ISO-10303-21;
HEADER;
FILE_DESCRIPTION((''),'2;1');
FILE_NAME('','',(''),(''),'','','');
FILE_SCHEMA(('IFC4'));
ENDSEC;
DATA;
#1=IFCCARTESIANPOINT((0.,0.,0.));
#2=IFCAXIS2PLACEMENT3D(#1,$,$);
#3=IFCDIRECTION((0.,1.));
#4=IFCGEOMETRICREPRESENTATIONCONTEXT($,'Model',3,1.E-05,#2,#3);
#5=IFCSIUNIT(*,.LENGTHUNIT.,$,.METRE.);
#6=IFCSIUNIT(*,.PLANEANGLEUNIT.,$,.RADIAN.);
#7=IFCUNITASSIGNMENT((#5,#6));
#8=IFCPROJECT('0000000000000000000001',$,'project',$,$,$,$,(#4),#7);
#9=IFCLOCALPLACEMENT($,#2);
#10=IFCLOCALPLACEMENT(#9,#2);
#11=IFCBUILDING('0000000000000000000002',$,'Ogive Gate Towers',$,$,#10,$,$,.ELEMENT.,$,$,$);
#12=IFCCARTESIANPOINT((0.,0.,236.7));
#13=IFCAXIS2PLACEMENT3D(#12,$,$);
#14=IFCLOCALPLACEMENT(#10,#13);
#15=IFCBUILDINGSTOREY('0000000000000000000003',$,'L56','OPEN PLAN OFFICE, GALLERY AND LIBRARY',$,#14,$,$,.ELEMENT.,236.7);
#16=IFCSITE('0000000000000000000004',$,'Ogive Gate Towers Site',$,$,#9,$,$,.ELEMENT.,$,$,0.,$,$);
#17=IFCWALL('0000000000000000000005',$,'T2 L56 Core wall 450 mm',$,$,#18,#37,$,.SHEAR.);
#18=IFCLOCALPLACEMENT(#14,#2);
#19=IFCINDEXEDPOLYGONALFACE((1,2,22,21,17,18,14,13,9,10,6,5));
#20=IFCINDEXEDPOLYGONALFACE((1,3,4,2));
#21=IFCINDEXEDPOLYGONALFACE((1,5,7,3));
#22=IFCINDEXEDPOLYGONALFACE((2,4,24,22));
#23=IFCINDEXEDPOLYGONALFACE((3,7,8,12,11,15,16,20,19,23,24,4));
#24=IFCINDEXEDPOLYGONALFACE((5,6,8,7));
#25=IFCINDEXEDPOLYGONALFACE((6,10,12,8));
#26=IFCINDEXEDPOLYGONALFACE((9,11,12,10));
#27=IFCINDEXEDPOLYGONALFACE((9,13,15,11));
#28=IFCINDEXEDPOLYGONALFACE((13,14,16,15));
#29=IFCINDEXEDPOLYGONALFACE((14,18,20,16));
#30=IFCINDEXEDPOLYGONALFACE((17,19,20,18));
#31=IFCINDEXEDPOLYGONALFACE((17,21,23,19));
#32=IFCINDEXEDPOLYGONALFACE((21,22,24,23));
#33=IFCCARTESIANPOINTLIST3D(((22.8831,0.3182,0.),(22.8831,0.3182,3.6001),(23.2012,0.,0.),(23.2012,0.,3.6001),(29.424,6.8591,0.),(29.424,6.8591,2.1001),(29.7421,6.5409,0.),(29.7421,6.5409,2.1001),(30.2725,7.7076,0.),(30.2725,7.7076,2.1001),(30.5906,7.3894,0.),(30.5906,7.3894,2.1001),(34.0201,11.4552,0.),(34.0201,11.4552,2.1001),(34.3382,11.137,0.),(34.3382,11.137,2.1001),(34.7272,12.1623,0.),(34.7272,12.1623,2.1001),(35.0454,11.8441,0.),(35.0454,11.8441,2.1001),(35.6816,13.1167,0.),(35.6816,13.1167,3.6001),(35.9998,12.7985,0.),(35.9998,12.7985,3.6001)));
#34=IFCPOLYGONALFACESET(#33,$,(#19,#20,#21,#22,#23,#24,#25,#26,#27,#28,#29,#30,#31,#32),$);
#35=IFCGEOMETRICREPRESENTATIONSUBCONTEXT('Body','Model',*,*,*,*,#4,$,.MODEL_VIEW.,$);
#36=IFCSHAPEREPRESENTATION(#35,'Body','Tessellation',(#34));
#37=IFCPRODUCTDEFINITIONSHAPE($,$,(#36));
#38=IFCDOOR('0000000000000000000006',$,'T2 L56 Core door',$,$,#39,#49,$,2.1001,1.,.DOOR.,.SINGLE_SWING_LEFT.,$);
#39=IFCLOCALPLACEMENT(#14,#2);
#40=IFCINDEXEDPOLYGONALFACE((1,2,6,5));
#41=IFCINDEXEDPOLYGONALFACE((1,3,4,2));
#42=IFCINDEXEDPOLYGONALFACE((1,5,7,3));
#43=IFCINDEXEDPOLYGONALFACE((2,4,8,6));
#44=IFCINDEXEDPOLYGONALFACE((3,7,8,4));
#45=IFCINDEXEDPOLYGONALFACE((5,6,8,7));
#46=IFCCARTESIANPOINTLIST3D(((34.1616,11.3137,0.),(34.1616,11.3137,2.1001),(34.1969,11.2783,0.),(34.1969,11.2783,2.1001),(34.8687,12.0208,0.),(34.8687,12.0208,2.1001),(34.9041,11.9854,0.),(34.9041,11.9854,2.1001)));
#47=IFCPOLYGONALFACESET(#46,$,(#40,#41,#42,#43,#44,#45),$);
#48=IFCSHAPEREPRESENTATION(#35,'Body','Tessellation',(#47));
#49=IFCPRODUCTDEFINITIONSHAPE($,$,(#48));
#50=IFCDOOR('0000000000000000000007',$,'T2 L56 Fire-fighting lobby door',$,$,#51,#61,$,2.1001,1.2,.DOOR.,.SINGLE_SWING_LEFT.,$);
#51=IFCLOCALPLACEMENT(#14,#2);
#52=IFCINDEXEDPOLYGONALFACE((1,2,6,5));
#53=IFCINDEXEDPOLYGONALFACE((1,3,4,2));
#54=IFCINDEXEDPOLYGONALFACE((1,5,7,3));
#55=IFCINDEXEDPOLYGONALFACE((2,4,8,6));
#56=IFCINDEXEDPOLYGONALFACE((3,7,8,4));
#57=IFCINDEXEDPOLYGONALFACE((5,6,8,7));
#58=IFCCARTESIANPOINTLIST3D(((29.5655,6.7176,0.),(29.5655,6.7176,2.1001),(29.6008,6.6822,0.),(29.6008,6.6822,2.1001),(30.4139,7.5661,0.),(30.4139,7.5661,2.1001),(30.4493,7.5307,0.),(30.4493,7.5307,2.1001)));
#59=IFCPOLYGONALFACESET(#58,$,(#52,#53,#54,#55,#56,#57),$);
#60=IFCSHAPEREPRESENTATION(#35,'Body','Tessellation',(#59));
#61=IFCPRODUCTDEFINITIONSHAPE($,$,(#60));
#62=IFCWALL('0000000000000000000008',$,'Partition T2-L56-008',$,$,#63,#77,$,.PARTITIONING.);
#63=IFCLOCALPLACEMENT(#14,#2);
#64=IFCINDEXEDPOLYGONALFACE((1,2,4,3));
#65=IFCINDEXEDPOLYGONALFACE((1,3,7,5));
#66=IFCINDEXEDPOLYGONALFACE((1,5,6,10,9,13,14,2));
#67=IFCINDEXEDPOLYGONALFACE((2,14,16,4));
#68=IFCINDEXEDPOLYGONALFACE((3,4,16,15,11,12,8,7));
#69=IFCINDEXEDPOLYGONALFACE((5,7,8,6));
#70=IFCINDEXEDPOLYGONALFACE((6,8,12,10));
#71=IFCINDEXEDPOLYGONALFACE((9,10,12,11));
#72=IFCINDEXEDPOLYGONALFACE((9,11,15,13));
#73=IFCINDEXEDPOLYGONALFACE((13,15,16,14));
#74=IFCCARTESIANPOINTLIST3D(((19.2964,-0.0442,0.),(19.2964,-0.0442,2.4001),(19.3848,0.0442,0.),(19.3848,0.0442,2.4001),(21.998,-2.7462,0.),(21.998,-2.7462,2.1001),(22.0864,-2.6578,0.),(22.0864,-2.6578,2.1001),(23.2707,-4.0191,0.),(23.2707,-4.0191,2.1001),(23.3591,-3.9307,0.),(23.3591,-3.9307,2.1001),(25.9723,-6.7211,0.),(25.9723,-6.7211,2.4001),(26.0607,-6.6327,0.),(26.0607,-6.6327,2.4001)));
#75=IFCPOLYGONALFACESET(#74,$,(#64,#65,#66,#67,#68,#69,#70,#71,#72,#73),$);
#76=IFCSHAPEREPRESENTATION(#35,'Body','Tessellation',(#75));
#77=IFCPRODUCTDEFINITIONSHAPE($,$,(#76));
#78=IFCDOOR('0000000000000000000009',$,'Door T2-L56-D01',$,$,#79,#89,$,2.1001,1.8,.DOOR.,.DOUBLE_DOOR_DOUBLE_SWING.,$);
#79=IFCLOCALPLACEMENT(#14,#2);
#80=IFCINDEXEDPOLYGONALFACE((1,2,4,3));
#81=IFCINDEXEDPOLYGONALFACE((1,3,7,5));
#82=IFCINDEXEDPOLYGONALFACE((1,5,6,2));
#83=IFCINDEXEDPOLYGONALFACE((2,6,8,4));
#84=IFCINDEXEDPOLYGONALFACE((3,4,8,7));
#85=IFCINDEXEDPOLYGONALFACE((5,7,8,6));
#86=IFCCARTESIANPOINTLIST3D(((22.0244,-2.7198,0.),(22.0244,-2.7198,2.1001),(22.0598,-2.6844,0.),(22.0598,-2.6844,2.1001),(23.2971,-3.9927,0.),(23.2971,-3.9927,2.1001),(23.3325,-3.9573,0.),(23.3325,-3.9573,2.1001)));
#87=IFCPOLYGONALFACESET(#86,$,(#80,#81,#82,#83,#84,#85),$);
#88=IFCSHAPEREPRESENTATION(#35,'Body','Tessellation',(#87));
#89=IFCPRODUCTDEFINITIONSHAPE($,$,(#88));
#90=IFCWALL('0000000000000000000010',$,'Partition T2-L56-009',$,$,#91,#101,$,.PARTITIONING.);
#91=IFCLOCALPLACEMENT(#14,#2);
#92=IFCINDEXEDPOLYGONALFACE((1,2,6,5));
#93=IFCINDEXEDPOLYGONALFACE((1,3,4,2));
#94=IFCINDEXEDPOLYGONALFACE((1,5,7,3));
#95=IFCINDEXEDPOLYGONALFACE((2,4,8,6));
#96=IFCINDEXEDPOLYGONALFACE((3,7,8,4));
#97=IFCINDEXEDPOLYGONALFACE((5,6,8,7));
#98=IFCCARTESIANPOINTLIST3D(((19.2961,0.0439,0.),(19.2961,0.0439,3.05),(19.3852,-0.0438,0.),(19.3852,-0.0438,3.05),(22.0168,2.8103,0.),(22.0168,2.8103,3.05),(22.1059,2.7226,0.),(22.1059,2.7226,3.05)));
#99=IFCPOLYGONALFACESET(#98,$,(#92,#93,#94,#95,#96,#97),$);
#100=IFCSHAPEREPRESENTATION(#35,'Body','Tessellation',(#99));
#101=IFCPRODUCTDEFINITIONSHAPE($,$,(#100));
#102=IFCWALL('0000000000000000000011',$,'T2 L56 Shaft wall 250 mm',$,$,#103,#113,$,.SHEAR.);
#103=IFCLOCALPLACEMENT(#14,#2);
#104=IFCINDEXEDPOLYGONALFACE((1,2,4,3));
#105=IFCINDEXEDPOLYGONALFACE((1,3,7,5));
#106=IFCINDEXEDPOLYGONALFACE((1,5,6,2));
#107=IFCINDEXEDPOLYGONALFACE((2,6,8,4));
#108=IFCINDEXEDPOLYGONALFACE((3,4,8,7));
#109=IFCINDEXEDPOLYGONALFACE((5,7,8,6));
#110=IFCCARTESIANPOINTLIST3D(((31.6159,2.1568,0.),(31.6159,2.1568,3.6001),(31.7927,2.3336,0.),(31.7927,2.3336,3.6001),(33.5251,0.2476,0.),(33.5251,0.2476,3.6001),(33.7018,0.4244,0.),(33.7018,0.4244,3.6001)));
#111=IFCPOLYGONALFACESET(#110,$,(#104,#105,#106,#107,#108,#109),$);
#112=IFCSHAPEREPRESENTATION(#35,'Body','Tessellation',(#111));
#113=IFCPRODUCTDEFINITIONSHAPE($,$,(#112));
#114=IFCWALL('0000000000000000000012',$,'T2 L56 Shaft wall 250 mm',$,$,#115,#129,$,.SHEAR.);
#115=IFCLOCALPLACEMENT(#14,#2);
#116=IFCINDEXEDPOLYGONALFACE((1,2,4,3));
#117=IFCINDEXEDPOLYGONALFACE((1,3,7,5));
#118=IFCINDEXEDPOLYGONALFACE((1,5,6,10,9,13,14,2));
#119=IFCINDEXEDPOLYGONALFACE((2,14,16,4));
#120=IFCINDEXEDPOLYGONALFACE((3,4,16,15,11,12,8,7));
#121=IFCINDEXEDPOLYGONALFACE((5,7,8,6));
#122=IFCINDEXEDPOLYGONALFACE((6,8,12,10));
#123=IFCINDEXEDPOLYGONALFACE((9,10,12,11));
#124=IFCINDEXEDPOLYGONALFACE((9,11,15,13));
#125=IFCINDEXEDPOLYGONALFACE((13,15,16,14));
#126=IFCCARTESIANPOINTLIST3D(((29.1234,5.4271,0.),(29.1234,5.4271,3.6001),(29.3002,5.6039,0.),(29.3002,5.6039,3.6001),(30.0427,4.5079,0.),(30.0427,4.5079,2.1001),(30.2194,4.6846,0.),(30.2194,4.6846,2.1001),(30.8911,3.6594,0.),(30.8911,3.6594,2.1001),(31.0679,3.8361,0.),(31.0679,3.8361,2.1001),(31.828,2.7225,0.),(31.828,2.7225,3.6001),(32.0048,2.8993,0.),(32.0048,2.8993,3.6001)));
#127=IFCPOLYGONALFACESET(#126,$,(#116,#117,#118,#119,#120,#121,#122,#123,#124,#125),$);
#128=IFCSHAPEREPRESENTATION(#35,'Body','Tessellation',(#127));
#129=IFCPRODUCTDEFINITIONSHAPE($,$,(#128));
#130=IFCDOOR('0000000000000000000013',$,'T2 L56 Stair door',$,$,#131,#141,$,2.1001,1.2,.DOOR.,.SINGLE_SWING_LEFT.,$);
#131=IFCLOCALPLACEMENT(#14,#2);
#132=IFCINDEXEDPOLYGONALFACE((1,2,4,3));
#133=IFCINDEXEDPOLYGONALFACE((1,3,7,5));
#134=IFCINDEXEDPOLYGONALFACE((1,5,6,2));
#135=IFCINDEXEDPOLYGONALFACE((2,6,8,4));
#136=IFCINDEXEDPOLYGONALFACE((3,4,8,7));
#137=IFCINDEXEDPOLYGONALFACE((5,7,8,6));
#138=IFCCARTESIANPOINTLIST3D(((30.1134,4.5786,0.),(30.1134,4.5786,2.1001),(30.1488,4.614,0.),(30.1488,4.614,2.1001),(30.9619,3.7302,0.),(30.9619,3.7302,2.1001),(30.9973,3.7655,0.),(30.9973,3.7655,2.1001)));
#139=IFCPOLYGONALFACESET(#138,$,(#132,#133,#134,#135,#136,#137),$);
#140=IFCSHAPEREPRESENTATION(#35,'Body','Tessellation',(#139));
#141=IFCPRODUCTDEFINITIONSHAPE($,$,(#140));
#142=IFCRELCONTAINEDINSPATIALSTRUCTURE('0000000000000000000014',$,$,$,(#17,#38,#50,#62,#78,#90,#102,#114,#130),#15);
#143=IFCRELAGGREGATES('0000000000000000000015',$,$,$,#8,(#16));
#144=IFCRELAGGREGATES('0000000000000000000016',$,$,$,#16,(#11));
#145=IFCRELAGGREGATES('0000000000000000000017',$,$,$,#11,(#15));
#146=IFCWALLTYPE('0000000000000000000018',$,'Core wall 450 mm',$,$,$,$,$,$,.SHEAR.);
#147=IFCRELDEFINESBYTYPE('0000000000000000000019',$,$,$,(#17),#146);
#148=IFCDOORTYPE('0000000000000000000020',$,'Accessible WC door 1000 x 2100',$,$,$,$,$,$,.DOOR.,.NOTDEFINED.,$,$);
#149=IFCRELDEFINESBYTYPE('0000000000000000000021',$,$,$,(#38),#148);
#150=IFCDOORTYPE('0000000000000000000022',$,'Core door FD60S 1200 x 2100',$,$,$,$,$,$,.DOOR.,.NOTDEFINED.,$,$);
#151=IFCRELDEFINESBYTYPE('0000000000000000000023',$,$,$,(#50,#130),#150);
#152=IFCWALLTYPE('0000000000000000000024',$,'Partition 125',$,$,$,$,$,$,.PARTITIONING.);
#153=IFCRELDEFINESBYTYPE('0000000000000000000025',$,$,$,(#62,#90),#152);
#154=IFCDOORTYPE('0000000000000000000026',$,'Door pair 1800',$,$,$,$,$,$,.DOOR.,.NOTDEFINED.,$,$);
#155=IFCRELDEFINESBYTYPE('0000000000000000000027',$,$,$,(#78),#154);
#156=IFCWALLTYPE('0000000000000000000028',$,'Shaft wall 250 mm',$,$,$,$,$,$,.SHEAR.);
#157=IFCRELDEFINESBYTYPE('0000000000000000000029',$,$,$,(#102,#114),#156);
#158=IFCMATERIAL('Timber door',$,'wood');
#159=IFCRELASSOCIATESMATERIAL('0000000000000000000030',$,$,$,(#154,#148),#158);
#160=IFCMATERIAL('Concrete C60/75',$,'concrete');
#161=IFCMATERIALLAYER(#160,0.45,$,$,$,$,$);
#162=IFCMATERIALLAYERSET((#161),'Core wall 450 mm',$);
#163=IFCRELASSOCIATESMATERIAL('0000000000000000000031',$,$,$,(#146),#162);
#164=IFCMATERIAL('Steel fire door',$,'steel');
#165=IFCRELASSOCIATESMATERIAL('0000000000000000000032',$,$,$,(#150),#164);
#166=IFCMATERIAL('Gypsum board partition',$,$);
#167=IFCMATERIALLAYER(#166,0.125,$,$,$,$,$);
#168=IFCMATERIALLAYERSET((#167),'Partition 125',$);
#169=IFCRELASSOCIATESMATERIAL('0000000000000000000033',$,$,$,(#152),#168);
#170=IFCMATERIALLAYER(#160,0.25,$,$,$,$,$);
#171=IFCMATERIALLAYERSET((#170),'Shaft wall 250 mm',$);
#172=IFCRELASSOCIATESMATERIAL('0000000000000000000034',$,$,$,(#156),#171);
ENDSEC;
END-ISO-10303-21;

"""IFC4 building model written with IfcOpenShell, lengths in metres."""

from ifc_helpers import new_model, si_unit, direction, frame, frame_2d, origin, place, context, subcontext, project, spatial, rectangle, extrude, material, layer, layer_set, type_object, element, fill, save


model = new_model("IFC4")

# Units and contexts
model_context = context("Model", 3, precision=1e-05, world=origin(), true_north=direction((0.0, 1.0)))
body_context = subcontext(model_context, "Body", "Model", "MODEL_VIEW")
ifc_project = project(units=[si_unit("LENGTHUNIT", "METRE"), si_unit("PLANEANGLEUNIT", "RADIAN")], contexts=[model_context])

# Site, building, storey
site_placement = place(None, origin())
site = spatial("IfcSite", under=ifc_project, at=site_placement, Name="Ogive Gate Towers Site", CompositionType="ELEMENT", RefElevation=0.0)
building_placement = place(site_placement, origin())
building = spatial("IfcBuilding", under=site, at=building_placement, Name="Ogive Gate Towers", CompositionType="ELEMENT")
storey_placement = place(building_placement, frame((0.0, 0.0, 236.7)))
storey = spatial("IfcBuildingStorey", under=building, at=storey_placement, Name="L56", Description="OPEN PLAN OFFICE, GALLERY AND LIBRARY", CompositionType="ELEMENT", Elevation=236.7)

# Shared definitions
ifc_material_1 = material(Name="Timber door", Category="wood")
door_type_1 = type_object("IfcDoorType", Name="Door pair 1800", OperationType="NOTDEFINED", PredefinedType="DOOR", material=ifc_material_1)

# Wall, openings, doors
ifc_material_2 = material(Name="Concrete C60/75", Category="concrete")
ifc_layer_1 = layer(ifc_material_2, 0.45)
ifc_layer_set_1 = layer_set([ifc_layer_1], Name="Core wall 450 mm")
wall_type_1 = type_object("IfcWallType", Name="Core wall 450 mm", PredefinedType="SHEAR", material=ifc_layer_set_1)
wall_1_placement = place(storey_placement, frame((23.0422, 0.1592, 0.0), z_axis=(0.0, 0.0, 1.0), x_axis=(0.707107, 0.707107, 0.0)))
wall_1 = element("IfcWall", 1, at=wall_1_placement, inside=storey, type_object=wall_type_1, Name="T2 L56 Core wall 450 mm", PredefinedType="SHEAR", context=body_context, shape_type="SweptSolid", body=[
    extrude(rectangle(XDim=18.0999, YDim=0.45, at=frame_2d((9.0498, 0.0))), origin(), (0.0, 0.0, 1.0), 3.6001),
])
opening_1_placement = place(wall_1_placement, frame((9.25, 0.0, 0.0)))
opening_1 = element("IfcOpeningElement", 2, at=opening_1_placement, cuts=wall_1, PredefinedType="OPENING", context=body_context, shape_type="SweptSolid", body=[
    extrude(rectangle(XDim=1.2, YDim=2.1001, at=frame_2d((0.6001, 1.05))), frame((0.0, 0.2349, 0.0), z_axis=(0.0, -1.0, 0.0), x_axis=(1.0, 0.0, 0.0)), (0.0, 0.0, 1.0), 0.47),
])
opening_2_placement = place(wall_1_placement, frame((15.75, 0.0, 0.0)))
opening_2 = element("IfcOpeningElement", 3, at=opening_2_placement, cuts=wall_1, PredefinedType="OPENING", context=body_context, shape_type="SweptSolid", body=[
    extrude(rectangle(XDim=1.0, YDim=2.1001, at=frame_2d((0.5, 1.05))), frame((0.0, 0.2349, 0.0), z_axis=(0.0, -1.0, 0.0), x_axis=(1.0, 0.0, 0.0)), (0.0, 0.0, 1.0), 0.47),
])
door_type_2 = type_object("IfcDoorType", Name="Accessible WC door 1000 x 2100", OperationType="NOTDEFINED", PredefinedType="DOOR", material=ifc_material_1)
door_1_placement = place(opening_2_placement, origin())
door_1 = element("IfcDoor", 4, at=door_1_placement, inside=storey, type_object=door_type_2, Name="T2 L56 Core door", OperationType="SINGLE_SWING_LEFT", OverallHeight=2.1001, OverallWidth=1.0, PredefinedType="DOOR", context=body_context, shape_type="SweptSolid", body=[
    extrude(rectangle(XDim=1.0, YDim=2.1001, at=frame_2d((0.5, 1.05))), frame((0.0, 0.0249, 0.0), z_axis=(0.0, -1.0, 0.0), x_axis=(1.0, 0.0, 0.0)), (0.0, 0.0, 1.0), 0.05),
])
fill(opening_2, door_1)
ifc_material_3 = material(Name="Steel fire door", Category="steel")
door_type_3 = type_object("IfcDoorType", Name="Core door FD60S 1200 x 2100", OperationType="NOTDEFINED", PredefinedType="DOOR", material=ifc_material_3)
door_2_placement = place(opening_1_placement, origin())
door_2 = element("IfcDoor", 5, at=door_2_placement, inside=storey, type_object=door_type_3, Name="T2 L56 Fire-fighting lobby door", OperationType="SINGLE_SWING_LEFT", OverallHeight=2.1001, OverallWidth=1.2, PredefinedType="DOOR", context=body_context, shape_type="SweptSolid", body=[
    extrude(rectangle(XDim=1.2, YDim=2.1001, at=frame_2d((0.6001, 1.05))), frame((0.0, 0.0249, 0.0), z_axis=(0.0, -1.0, 0.0), x_axis=(1.0, 0.0, 0.0)), (0.0, 0.0, 1.0), 0.05),
])
fill(opening_1, door_2)

# Wall, opening, door
ifc_material_4 = material(Name="Gypsum board partition")
ifc_layer_2 = layer(ifc_material_4, 0.125)
ifc_layer_set_2 = layer_set([ifc_layer_2], Name="Partition 125")
wall_type_2 = type_object("IfcWallType", Name="Partition 125", PredefinedType="PARTITIONING", material=ifc_layer_set_2)
wall_2_placement = place(storey_placement, frame((19.3406, 0.0, 0.0), z_axis=(0.0, 0.0, 1.0), x_axis=(0.707055, -0.707158, 0.0)))
wall_2 = element("IfcWall", 6, at=wall_2_placement, inside=storey, type_object=wall_type_2, Name="Partition T2-L56-008", PredefinedType="PARTITIONING", context=body_context, shape_type="SweptSolid", body=[
    extrude(rectangle(XDim=9.4419, YDim=0.125, at=frame_2d((4.7209, 0.0))), origin(), (0.0, 0.0, 1.0), 2.4001),
])
opening_3_placement = place(wall_2_placement, frame((3.821, 0.0, 0.0)))
opening_3 = element("IfcOpeningElement", 7, at=opening_3_placement, cuts=wall_2, PredefinedType="OPENING", context=body_context, shape_type="SweptSolid", body=[
    extrude(rectangle(XDim=1.8, YDim=2.1001, at=frame_2d((0.8999, 1.05))), frame((0.0, 0.0725, 0.0), z_axis=(0.0, -1.0, 0.0), x_axis=(1.0, 0.0, 0.0)), (0.0, 0.0, 1.0), 0.145),
])
door_3_placement = place(opening_3_placement, origin())
door_3 = element("IfcDoor", 8, at=door_3_placement, inside=storey, type_object=door_type_1, Name="Door T2-L56-D01", OperationType="DOUBLE_DOOR_DOUBLE_SWING", OverallHeight=2.1001, OverallWidth=1.8, PredefinedType="DOOR", context=body_context, shape_type="SweptSolid", body=[
    extrude(rectangle(XDim=1.8, YDim=2.1001, at=frame_2d((0.8999, 1.05))), frame((0.0, 0.0249, 0.0), z_axis=(0.0, -1.0, 0.0), x_axis=(1.0, 0.0, 0.0)), (0.0, 0.0, 1.0), 0.05),
])
fill(opening_3, door_3)

# Walls
wall_3_placement = place(storey_placement, frame((22.0613, 2.7664, 0.0), z_axis=(0.0, 0.0, 1.0), x_axis=(-0.701199, -0.712965, 0.0)))
element("IfcWall", 9, at=wall_3_placement, inside=storey, type_object=wall_type_2, Name="Partition T2-L56-009", PredefinedType="PARTITIONING", context=body_context, shape_type="SweptSolid", body=[
    extrude(rectangle(XDim=3.8801, YDim=0.125, at=frame_2d((1.9399, 0.0))), origin(), (0.0, 0.0, 1.0), 3.05),
])
ifc_layer_3 = layer(ifc_material_2, 0.25)
ifc_layer_set_3 = layer_set([ifc_layer_3], Name="Shaft wall 250 mm")
wall_type_3 = type_object("IfcWallType", Name="Shaft wall 250 mm", PredefinedType="SHEAR", material=ifc_layer_set_3)
wall_4_placement = place(storey_placement, frame((33.6135, 0.3359, 0.0), z_axis=(0.0, 0.0, 1.0), x_axis=(-0.707107, 0.707107, 0.0)))
element("IfcWall", 10, at=wall_4_placement, inside=storey, type_object=wall_type_3, Name="T2 L56 Shaft wall 250 mm", PredefinedType="SHEAR", context=body_context, shape_type="SweptSolid", body=[
    extrude(rectangle(XDim=2.7, YDim=0.25, at=frame_2d((1.3501, 0.0))), origin(), (0.0, 0.0, 1.0), 3.6001),
])

# Wall, opening, door
wall_5_placement = place(storey_placement, frame((31.9165, 2.8108, 0.0), z_axis=(0.0, 0.0, 1.0), x_axis=(-0.707107, 0.707107, 0.0)))
wall_5 = element("IfcWall", 11, at=wall_5_placement, inside=storey, type_object=wall_type_3, Name="T2 L56 Shaft wall 250 mm", PredefinedType="SHEAR", context=body_context, shape_type="SweptSolid", body=[
    extrude(rectangle(XDim=3.825, YDim=0.25, at=frame_2d((1.9126, 0.0))), origin(), (0.0, 0.0, 1.0), 3.6001),
])
opening_4_placement = place(wall_5_placement, frame((1.325, 0.0, 0.0)))
opening_4 = element("IfcOpeningElement", 12, at=opening_4_placement, cuts=wall_5, PredefinedType="OPENING", context=body_context, shape_type="SweptSolid", body=[
    extrude(rectangle(XDim=1.2, YDim=2.1001, at=frame_2d((0.6001, 1.05))), frame((0.0, 0.135, 0.0), z_axis=(0.0, -1.0, 0.0), x_axis=(1.0, 0.0, 0.0)), (0.0, 0.0, 1.0), 0.27),
])
door_4_placement = place(opening_4_placement, origin())
door_4 = element("IfcDoor", 13, at=door_4_placement, inside=storey, type_object=door_type_3, Name="T2 L56 Stair door", OperationType="SINGLE_SWING_LEFT", OverallHeight=2.1001, OverallWidth=1.2, PredefinedType="DOOR", context=body_context, shape_type="SweptSolid", body=[
    extrude(rectangle(XDim=1.2, YDim=2.1001, at=frame_2d((0.6001, 1.05))), frame((0.0, 0.0249, 0.0), z_axis=(0.0, -1.0, 0.0), x_axis=(1.0, 0.0, 0.0)), (0.0, 0.0, 1.0), 0.05),
])
fill(opening_4, door_4)

save(model, "model.ifc")
